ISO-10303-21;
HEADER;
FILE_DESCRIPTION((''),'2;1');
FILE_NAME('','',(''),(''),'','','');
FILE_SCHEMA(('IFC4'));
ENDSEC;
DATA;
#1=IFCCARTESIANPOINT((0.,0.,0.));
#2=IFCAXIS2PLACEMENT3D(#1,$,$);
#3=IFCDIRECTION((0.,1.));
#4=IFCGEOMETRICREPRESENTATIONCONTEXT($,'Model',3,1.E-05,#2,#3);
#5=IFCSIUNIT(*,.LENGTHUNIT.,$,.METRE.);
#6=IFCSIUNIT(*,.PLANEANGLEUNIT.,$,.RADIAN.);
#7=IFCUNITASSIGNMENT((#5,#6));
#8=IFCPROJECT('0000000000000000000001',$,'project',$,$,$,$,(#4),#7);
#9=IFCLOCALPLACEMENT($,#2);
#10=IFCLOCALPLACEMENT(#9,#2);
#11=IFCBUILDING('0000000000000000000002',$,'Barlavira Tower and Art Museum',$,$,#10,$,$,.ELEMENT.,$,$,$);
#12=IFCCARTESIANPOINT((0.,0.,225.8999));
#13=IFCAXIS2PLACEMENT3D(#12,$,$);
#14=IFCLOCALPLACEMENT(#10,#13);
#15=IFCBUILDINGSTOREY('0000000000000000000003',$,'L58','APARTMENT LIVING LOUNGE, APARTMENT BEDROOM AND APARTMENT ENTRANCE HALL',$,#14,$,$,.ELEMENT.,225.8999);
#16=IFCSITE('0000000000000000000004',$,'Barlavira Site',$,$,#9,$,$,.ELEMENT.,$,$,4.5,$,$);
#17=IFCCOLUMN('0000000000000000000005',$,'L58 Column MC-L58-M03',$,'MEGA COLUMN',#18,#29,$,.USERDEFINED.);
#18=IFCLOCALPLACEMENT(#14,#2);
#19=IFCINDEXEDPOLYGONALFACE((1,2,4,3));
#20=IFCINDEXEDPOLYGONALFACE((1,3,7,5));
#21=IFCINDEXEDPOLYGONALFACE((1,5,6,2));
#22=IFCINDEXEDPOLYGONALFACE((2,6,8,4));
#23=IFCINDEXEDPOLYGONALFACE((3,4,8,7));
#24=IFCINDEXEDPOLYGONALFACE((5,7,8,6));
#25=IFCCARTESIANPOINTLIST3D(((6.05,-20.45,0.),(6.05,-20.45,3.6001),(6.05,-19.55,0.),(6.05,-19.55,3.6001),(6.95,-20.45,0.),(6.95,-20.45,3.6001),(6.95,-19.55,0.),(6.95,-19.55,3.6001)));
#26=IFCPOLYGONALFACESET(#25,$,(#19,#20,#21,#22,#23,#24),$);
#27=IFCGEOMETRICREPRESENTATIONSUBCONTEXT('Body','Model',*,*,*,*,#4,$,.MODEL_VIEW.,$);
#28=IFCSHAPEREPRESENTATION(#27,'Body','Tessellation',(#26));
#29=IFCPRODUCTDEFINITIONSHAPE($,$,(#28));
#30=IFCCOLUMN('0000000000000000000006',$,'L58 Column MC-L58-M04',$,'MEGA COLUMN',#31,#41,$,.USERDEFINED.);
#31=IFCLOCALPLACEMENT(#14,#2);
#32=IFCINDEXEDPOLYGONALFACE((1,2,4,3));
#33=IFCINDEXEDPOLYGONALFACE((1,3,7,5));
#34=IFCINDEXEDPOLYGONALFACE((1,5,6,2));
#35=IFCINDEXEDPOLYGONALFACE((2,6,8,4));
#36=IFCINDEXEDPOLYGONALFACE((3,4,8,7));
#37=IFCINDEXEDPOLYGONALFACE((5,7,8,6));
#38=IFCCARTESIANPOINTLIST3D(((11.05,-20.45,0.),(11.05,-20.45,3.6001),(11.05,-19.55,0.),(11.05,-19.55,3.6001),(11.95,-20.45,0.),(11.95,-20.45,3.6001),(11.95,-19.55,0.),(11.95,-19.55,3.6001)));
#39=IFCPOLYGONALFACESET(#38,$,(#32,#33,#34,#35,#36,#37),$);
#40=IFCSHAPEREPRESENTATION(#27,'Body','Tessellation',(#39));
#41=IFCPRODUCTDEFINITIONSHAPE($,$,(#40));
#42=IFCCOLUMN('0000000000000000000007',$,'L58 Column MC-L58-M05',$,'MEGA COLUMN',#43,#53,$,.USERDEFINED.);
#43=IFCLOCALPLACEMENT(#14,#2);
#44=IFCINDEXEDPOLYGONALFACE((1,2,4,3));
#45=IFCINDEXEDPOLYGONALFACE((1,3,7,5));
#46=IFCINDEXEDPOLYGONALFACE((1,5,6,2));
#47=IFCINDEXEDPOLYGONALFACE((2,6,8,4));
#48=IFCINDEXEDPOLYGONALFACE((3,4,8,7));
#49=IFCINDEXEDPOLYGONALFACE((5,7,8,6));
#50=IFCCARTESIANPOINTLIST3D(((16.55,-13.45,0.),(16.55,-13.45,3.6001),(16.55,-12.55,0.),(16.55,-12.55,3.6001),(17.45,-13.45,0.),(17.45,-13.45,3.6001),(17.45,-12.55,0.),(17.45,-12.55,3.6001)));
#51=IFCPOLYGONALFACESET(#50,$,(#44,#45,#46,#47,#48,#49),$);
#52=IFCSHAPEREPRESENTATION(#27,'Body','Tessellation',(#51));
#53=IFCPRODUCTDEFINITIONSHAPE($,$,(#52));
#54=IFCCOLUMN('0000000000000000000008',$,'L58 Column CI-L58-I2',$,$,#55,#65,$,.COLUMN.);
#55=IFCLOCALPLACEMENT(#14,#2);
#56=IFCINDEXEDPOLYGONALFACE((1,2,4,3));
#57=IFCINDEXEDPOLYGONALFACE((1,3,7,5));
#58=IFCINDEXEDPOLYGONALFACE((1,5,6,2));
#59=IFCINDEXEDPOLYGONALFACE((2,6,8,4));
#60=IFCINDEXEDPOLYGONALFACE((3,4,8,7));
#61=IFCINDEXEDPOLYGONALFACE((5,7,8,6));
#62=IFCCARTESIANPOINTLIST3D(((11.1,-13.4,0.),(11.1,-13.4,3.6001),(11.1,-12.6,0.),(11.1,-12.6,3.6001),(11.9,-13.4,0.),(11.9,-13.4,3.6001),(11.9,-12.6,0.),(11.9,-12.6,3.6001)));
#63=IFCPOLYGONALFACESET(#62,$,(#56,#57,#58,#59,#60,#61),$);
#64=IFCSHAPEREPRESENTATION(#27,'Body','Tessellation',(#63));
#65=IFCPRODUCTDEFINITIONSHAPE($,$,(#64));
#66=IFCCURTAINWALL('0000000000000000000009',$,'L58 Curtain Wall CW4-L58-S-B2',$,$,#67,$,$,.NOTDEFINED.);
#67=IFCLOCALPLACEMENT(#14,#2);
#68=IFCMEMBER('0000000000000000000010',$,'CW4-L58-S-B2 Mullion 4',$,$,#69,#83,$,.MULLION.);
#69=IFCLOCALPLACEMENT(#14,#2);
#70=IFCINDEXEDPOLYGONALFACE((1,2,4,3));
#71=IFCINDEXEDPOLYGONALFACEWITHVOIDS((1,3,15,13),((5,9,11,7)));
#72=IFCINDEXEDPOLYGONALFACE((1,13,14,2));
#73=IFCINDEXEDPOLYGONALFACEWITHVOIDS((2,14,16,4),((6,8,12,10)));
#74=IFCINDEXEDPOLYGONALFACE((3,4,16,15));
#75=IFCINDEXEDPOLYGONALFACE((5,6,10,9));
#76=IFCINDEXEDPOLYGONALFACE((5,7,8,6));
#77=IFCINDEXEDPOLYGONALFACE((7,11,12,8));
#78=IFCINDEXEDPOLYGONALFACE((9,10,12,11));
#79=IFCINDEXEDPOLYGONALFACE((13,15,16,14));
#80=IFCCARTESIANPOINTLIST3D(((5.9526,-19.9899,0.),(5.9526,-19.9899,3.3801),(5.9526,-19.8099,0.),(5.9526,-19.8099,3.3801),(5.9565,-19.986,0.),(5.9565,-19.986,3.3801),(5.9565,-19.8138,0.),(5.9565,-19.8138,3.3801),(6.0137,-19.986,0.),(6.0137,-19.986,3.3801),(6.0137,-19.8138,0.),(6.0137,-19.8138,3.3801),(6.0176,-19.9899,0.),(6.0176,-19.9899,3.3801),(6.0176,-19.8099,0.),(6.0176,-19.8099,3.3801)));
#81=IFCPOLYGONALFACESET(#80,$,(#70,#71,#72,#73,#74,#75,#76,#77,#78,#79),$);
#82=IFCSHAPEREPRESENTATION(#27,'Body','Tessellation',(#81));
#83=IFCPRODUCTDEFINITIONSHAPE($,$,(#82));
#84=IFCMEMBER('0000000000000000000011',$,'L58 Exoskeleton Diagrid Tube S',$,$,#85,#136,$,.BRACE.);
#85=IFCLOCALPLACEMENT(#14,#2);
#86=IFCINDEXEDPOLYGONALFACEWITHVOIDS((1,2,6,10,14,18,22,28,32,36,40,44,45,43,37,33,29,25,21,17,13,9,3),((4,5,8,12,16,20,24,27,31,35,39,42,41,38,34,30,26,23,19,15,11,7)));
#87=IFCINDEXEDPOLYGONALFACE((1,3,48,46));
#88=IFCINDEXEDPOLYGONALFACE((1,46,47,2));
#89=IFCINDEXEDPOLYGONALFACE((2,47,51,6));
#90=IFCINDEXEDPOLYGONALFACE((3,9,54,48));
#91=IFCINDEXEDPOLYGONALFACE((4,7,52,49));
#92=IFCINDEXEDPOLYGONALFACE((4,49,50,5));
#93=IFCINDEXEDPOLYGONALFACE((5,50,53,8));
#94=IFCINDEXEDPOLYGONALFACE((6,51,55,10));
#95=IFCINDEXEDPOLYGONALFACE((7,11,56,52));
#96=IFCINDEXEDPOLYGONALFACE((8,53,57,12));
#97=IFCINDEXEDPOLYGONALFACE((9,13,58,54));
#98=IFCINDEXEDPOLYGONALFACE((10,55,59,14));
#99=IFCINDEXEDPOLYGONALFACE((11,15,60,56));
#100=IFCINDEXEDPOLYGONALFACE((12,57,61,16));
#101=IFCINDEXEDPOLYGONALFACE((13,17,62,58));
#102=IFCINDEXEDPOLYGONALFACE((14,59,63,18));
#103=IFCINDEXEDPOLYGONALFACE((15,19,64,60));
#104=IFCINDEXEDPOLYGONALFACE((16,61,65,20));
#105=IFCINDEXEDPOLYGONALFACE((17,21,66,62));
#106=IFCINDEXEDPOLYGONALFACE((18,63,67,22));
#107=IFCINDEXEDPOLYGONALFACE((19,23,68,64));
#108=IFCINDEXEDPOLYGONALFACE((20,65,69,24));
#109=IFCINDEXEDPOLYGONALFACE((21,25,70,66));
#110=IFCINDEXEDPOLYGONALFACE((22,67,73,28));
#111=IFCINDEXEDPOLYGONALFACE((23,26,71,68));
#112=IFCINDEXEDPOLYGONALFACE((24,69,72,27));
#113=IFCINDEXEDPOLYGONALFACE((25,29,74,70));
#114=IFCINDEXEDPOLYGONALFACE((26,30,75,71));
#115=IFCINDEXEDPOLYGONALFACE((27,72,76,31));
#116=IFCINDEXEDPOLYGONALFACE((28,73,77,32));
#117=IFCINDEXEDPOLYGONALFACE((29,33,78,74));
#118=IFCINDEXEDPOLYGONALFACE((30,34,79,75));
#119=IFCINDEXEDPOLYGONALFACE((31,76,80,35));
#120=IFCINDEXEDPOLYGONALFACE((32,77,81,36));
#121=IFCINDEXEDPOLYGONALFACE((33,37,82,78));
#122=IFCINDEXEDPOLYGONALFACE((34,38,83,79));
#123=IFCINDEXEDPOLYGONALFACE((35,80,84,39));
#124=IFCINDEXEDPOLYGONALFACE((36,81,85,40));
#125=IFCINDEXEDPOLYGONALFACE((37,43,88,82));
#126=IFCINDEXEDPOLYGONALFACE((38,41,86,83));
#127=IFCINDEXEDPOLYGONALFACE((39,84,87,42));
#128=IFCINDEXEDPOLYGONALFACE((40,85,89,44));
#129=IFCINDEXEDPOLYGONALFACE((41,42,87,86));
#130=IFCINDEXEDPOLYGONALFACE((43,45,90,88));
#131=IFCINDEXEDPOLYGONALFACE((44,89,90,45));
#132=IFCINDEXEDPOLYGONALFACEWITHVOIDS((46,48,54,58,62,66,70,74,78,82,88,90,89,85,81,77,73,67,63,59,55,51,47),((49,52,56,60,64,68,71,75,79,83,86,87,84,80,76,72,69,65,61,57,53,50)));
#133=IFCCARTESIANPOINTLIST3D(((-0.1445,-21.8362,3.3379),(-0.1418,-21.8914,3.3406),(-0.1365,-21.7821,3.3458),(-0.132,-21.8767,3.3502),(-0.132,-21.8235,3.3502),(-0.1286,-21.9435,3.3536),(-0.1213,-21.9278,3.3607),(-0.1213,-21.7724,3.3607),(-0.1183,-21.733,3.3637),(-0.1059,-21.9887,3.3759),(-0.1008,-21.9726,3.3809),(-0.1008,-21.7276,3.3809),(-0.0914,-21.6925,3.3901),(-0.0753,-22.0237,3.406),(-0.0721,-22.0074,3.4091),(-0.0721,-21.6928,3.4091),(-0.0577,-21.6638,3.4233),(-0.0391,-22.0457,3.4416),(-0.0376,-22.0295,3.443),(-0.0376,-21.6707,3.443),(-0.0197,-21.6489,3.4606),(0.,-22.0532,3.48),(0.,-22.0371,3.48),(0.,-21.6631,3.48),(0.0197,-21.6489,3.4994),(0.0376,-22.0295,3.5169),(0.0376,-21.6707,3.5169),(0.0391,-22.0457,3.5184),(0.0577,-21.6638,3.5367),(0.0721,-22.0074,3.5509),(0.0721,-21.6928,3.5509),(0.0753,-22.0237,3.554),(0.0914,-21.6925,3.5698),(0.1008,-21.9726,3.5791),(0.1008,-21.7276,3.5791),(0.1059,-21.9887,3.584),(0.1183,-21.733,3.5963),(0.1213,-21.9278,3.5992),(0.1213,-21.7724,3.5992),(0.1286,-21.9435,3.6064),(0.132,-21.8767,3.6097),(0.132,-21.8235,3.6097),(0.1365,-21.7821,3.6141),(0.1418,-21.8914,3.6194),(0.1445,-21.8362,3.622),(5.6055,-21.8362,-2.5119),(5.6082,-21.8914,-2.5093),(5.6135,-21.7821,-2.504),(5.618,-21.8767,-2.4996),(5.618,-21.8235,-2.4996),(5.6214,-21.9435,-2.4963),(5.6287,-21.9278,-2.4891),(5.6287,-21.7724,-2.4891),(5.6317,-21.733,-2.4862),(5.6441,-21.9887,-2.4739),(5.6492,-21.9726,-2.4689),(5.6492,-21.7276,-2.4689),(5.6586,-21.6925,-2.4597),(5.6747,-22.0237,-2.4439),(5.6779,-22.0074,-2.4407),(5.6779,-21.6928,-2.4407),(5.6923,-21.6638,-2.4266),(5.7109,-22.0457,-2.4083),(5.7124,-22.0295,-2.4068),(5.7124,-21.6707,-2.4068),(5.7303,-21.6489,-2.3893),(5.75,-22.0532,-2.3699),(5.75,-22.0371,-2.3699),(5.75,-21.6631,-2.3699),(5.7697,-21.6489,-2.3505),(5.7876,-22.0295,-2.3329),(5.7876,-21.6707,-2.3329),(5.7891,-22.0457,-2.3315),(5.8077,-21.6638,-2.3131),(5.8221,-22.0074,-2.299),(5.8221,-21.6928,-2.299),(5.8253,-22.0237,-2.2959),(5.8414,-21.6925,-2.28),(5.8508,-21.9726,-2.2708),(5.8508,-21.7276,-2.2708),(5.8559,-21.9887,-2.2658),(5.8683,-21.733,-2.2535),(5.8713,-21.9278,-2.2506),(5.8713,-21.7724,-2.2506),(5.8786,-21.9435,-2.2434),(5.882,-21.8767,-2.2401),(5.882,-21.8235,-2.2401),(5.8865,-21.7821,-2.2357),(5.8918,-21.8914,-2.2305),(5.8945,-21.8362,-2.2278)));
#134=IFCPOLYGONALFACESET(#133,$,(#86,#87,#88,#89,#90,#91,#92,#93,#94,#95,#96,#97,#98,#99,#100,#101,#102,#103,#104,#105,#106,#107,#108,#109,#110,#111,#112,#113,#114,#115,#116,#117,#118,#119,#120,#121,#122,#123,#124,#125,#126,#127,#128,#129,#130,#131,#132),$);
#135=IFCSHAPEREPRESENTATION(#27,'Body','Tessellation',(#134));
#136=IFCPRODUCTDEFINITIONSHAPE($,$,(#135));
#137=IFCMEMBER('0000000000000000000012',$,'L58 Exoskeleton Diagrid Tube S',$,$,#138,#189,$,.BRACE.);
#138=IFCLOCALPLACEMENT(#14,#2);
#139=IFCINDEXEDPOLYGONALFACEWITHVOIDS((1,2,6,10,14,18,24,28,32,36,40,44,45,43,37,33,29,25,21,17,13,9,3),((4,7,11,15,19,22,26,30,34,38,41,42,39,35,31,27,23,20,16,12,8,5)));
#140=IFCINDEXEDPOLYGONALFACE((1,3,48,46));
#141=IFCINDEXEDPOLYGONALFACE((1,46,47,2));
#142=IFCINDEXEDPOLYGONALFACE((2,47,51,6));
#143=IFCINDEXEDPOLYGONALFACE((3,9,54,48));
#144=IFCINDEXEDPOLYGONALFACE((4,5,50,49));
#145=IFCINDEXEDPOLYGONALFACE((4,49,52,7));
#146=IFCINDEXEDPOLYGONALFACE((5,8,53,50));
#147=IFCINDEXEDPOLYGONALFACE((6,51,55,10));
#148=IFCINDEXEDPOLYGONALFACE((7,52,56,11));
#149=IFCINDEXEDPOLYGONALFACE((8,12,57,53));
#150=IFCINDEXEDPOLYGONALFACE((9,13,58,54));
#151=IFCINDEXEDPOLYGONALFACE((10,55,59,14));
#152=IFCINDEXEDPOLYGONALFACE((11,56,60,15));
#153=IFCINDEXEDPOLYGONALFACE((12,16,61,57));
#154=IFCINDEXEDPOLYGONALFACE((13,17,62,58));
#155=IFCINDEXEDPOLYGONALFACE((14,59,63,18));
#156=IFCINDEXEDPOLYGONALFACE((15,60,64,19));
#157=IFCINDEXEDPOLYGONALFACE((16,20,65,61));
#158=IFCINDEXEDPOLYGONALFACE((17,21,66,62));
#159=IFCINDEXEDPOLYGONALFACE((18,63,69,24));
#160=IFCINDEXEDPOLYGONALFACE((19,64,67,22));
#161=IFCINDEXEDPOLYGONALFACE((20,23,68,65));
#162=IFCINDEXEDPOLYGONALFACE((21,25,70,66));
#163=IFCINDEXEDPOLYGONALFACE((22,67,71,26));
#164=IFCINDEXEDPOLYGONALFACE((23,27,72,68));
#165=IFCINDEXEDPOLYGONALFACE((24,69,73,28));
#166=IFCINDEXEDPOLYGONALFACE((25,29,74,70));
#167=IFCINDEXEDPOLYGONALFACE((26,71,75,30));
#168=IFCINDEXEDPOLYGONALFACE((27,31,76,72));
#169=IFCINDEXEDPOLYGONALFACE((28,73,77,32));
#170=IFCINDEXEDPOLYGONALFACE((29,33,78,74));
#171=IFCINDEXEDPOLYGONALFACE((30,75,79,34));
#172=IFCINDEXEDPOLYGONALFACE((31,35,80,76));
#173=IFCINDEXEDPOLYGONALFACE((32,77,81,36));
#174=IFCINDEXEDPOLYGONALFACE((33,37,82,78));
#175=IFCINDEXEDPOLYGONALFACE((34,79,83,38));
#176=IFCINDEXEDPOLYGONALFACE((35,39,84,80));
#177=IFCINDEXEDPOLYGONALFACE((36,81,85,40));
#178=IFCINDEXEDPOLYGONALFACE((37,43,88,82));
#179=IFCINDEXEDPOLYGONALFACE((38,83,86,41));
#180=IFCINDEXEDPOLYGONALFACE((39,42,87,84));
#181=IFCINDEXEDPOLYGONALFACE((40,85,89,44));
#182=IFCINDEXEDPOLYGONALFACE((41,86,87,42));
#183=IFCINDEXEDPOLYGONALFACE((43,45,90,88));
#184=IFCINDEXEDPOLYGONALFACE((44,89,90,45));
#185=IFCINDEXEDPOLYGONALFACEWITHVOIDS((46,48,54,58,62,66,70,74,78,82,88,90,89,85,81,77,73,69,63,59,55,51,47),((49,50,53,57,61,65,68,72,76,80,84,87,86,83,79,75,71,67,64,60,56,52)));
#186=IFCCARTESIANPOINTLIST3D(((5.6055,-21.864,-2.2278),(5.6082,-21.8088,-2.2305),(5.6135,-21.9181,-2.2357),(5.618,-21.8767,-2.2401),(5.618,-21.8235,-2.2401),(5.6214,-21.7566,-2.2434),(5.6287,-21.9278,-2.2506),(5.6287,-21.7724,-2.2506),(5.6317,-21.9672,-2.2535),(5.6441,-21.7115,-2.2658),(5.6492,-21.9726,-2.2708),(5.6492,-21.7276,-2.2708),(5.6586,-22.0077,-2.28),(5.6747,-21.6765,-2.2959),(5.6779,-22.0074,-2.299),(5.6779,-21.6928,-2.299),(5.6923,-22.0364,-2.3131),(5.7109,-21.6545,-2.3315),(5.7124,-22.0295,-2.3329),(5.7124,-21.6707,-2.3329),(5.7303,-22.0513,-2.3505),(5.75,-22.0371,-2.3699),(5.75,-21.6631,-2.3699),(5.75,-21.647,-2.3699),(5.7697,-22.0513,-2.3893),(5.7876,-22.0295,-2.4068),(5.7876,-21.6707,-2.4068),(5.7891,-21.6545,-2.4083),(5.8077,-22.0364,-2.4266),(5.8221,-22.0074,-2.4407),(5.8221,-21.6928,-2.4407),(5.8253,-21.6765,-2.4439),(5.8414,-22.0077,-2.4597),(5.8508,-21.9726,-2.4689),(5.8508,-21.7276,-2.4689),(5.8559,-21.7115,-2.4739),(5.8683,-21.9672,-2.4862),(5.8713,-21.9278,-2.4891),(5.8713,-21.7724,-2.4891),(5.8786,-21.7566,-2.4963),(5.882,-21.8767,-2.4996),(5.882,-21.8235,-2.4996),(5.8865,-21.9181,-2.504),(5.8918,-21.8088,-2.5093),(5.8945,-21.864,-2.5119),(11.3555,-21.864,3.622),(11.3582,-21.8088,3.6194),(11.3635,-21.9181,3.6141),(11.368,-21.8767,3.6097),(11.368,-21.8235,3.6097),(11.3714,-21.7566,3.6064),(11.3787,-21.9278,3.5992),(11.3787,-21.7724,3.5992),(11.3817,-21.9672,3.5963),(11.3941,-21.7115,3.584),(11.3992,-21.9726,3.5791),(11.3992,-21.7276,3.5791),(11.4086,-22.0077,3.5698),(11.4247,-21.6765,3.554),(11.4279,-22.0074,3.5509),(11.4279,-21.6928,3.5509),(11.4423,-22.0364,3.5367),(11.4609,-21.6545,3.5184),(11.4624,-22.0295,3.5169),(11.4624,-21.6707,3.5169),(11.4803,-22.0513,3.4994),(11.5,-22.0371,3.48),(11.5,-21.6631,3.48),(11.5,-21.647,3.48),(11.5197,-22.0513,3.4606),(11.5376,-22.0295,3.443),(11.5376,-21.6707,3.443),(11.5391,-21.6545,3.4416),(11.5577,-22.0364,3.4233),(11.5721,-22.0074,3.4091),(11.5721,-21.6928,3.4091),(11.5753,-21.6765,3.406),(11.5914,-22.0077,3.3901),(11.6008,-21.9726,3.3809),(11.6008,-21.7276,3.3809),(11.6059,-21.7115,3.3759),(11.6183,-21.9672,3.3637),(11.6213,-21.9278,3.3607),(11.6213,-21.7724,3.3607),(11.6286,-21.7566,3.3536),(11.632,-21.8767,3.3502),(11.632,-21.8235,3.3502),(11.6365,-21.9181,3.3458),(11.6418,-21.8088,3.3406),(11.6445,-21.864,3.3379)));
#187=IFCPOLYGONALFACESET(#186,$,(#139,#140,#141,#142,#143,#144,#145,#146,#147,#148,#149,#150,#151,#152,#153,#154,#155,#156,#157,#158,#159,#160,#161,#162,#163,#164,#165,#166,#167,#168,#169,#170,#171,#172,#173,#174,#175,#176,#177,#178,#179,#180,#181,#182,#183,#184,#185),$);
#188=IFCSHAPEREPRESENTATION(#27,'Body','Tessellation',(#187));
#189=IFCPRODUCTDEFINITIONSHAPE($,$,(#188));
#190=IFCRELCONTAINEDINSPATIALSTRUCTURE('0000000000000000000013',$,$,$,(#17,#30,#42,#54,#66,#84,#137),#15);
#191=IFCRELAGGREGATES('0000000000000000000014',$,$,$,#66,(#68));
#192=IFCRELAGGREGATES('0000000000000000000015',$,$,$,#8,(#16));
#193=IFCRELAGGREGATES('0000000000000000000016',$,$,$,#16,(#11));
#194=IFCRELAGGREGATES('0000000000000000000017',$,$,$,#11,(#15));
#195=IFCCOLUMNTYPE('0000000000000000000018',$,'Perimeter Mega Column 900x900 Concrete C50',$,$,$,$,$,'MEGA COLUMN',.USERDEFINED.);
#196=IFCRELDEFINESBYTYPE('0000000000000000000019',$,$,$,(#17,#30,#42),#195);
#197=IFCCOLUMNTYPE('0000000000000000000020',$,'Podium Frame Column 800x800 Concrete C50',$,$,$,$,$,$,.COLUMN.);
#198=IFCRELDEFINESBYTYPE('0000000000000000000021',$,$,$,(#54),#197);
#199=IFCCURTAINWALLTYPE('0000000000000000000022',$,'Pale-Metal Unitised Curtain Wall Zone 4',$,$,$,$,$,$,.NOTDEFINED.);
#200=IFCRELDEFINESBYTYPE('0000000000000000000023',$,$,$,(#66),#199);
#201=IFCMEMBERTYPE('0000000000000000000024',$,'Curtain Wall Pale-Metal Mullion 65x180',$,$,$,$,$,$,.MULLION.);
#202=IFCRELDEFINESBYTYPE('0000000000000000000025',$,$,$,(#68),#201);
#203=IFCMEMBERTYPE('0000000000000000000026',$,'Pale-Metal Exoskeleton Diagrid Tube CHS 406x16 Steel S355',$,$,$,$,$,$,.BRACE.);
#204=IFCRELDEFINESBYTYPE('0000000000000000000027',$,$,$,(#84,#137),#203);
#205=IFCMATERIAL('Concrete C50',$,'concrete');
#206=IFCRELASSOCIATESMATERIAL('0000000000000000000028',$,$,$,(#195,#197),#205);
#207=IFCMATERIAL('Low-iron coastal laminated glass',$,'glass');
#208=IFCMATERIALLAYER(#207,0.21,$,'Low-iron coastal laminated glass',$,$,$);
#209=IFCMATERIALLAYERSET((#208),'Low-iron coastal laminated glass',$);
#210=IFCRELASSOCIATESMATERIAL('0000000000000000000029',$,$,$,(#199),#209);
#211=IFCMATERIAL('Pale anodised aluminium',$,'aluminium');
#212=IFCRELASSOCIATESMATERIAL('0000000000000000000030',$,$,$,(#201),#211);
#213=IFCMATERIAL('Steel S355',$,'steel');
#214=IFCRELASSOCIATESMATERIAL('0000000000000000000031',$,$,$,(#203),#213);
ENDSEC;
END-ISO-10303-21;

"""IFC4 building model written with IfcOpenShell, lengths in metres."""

from ifc_helpers import new_model, si_unit, direction, frame, origin, origin_2d, place, context, subcontext, project, spatial, rectangle, hollow_rectangle, hollow_circle, extrude, material, layer, layer_set, material_profile, profile_set, type_object, element, aggregate, save


model = new_model("IFC4")

# Units and contexts
model_context = context("Model", 3, precision=1e-05, world=origin(), true_north=direction((0.0, 1.0)))
body_context = subcontext(model_context, "Body", "Model", "MODEL_VIEW")
ifc_project = project(units=[si_unit("LENGTHUNIT", "METRE"), si_unit("PLANEANGLEUNIT", "RADIAN")], contexts=[model_context])

# Site, building, storey
site_placement = place(None, origin())
site = spatial("IfcSite", under=ifc_project, at=site_placement, Name="Barlavira Site", CompositionType="ELEMENT", RefElevation=4.5)
building_placement = place(site_placement, origin())
building = spatial("IfcBuilding", under=site, at=building_placement, Name="Barlavira Tower and Art Museum", CompositionType="ELEMENT")
storey_placement = place(building_placement, frame((0.0, 0.0, 225.8999)))
storey = spatial("IfcBuildingStorey", under=building, at=storey_placement, Name="L58", Description="APARTMENT LIVING LOUNGE, APARTMENT BEDROOM AND APARTMENT ENTRANCE HALL", CompositionType="ELEMENT", Elevation=225.8999)

# Columns
ifc_material_1 = material(Name="Concrete C50", Category="concrete")
ifc_material_profile_1 = material_profile(ifc_material_1, rectangle(XDim=0.8999, YDim=0.8999, at=origin_2d()), Name="RC-COL 900x900")
ifc_profile_set_1 = profile_set([ifc_material_profile_1], Name="Concrete C50")
column_type_1 = type_object("IfcColumnType", Name="Perimeter Mega Column 900x900 Concrete C50", ElementType="MEGA COLUMN", PredefinedType="USERDEFINED", material=ifc_profile_set_1)
for number, where, z_axis, x_axis, name in (
    (1, (6.5, -20.0, 0.0), (0.0, 0.0, 1.0), (1.0, 0.0, 0.0), "L58 Column MC-L58-M03"),
    (2, (11.5, -20.0, 0.0), (0.0, 0.0, 1.0), (1.0, 0.0, 0.0), "L58 Column MC-L58-M04"),
    (3, (17.0, -13.0, 0.0), (0.0, 0.0, 1.0), (1.0, 0.0, 0.0), "L58 Column MC-L58-M05"),
):
    element("IfcColumn", number, at=place(storey_placement, frame(where, z_axis=z_axis, x_axis=x_axis)), inside=storey, type_object=column_type_1, Name=name, ObjectType="MEGA COLUMN", PredefinedType="USERDEFINED", context=body_context, shape_type="SweptSolid", body=[
        extrude(rectangle(XDim=0.8999, YDim=0.8999, at=origin_2d()), origin(), (0.0, 0.0, 1.0), 3.6001),
    ])
ifc_material_profile_2 = material_profile(ifc_material_1, rectangle(XDim=0.8, YDim=0.8, at=origin_2d()), Name="RC-COL 800x800")
ifc_profile_set_2 = profile_set([ifc_material_profile_2], Name="Concrete C50")
column_type_2 = type_object("IfcColumnType", Name="Podium Frame Column 800x800 Concrete C50", PredefinedType="COLUMN", material=ifc_profile_set_2)
column_placement = place(storey_placement, frame((11.5, -13.0, 0.0), z_axis=(0.0, 0.0, 1.0), x_axis=(1.0, 0.0, 0.0)))
element("IfcColumn", 4, at=column_placement, inside=storey, type_object=column_type_2, Name="L58 Column CI-L58-I2", PredefinedType="COLUMN", context=body_context, shape_type="SweptSolid", body=[
    extrude(rectangle(XDim=0.8, YDim=0.8, at=origin_2d()), origin(), (0.0, 0.0, 1.0), 3.6001),
])

# Curtain wall, member
ifc_material_2 = material(Name="Low-iron coastal laminated glass", Category="glass")
ifc_layer_1 = layer(ifc_material_2, 0.21, Name="Low-iron coastal laminated glass")
ifc_layer_set_1 = layer_set([ifc_layer_1], Name="Low-iron coastal laminated glass")
curtain_wall_type = type_object("IfcCurtainWallType", Name="Pale-Metal Unitised Curtain Wall Zone 4", PredefinedType="NOTDEFINED", material=ifc_layer_set_1)
curtain_wall_placement = place(storey_placement, origin())
curtain_wall = element("IfcCurtainWall", 5, at=curtain_wall_placement, inside=storey, type_object=curtain_wall_type, Name="L58 Curtain Wall CW4-L58-S-B2", PredefinedType="NOTDEFINED")
ifc_material_3 = material(Name="Pale anodised aluminium", Category="aluminium")
ifc_material_profile_3 = material_profile(ifc_material_3, hollow_rectangle(XDim=0.0649, YDim=0.1799, WallThickness=0.0039, at=origin_2d()), Name="ALU-MULL 65x180x4")
ifc_profile_set_3 = profile_set([ifc_material_profile_3], Name="Pale anodised aluminium")
member_type_1 = type_object("IfcMemberType", Name="Curtain Wall Pale-Metal Mullion 65x180", PredefinedType="MULLION", material=ifc_profile_set_3)
member_placement = place(storey_placement, frame((5.9851, -19.8999, 0.0), z_axis=(0.0, 0.0, 1.0), x_axis=(1.0, 0.0, 0.0)))
member = element("IfcMember", 6, at=member_placement, type_object=member_type_1, Name="CW4-L58-S-B2 Mullion 4", PredefinedType="MULLION", context=body_context, shape_type="SweptSolid", body=[
    extrude(hollow_rectangle(XDim=0.0649, YDim=0.1799, WallThickness=0.0039, at=origin_2d()), origin(), (0.0, 0.0, 1.0), 3.3801),
])
aggregate(curtain_wall, [member])

# Members
ifc_material_4 = material(Name="Steel S355", Category="steel")
ifc_material_profile_4 = material_profile(ifc_material_4, hollow_circle(Radius=0.2031, WallThickness=0.0161, at=origin_2d()), Name="CHS 406.4x16.0")
ifc_profile_set_4 = profile_set([ifc_material_profile_4], Name="Steel S355")
member_type_2 = type_object("IfcMemberType", Name="Pale-Metal Exoskeleton Diagrid Tube CHS 406x16 Steel S355", PredefinedType="BRACE", material=ifc_profile_set_4)
for number, where, z_axis, x_axis, name in (
    (7, (5.75, -21.8501, -2.3699), (-0.700994, 0.0, 0.713167), (0.0, -1.0, 0.0), "L58 Exoskeleton Diagrid Tube S"),
    (8, (5.75, -21.8501, -2.3699), (0.700994, 0.0, 0.713167), (0.0, 1.0, 0.0), "L58 Exoskeleton Diagrid Tube S"),
):
    element("IfcMember", number, at=place(storey_placement, frame(where, z_axis=z_axis, x_axis=x_axis)), inside=storey, type_object=member_type_2, Name=name, PredefinedType="BRACE", context=body_context, shape_type="SweptSolid", body=[
        extrude(hollow_circle(Radius=0.2031, WallThickness=0.0161, at=origin_2d()), origin(), (0.0, 0.0, 1.0), 8.2026),
    ])

save(model, "model.ifc")
